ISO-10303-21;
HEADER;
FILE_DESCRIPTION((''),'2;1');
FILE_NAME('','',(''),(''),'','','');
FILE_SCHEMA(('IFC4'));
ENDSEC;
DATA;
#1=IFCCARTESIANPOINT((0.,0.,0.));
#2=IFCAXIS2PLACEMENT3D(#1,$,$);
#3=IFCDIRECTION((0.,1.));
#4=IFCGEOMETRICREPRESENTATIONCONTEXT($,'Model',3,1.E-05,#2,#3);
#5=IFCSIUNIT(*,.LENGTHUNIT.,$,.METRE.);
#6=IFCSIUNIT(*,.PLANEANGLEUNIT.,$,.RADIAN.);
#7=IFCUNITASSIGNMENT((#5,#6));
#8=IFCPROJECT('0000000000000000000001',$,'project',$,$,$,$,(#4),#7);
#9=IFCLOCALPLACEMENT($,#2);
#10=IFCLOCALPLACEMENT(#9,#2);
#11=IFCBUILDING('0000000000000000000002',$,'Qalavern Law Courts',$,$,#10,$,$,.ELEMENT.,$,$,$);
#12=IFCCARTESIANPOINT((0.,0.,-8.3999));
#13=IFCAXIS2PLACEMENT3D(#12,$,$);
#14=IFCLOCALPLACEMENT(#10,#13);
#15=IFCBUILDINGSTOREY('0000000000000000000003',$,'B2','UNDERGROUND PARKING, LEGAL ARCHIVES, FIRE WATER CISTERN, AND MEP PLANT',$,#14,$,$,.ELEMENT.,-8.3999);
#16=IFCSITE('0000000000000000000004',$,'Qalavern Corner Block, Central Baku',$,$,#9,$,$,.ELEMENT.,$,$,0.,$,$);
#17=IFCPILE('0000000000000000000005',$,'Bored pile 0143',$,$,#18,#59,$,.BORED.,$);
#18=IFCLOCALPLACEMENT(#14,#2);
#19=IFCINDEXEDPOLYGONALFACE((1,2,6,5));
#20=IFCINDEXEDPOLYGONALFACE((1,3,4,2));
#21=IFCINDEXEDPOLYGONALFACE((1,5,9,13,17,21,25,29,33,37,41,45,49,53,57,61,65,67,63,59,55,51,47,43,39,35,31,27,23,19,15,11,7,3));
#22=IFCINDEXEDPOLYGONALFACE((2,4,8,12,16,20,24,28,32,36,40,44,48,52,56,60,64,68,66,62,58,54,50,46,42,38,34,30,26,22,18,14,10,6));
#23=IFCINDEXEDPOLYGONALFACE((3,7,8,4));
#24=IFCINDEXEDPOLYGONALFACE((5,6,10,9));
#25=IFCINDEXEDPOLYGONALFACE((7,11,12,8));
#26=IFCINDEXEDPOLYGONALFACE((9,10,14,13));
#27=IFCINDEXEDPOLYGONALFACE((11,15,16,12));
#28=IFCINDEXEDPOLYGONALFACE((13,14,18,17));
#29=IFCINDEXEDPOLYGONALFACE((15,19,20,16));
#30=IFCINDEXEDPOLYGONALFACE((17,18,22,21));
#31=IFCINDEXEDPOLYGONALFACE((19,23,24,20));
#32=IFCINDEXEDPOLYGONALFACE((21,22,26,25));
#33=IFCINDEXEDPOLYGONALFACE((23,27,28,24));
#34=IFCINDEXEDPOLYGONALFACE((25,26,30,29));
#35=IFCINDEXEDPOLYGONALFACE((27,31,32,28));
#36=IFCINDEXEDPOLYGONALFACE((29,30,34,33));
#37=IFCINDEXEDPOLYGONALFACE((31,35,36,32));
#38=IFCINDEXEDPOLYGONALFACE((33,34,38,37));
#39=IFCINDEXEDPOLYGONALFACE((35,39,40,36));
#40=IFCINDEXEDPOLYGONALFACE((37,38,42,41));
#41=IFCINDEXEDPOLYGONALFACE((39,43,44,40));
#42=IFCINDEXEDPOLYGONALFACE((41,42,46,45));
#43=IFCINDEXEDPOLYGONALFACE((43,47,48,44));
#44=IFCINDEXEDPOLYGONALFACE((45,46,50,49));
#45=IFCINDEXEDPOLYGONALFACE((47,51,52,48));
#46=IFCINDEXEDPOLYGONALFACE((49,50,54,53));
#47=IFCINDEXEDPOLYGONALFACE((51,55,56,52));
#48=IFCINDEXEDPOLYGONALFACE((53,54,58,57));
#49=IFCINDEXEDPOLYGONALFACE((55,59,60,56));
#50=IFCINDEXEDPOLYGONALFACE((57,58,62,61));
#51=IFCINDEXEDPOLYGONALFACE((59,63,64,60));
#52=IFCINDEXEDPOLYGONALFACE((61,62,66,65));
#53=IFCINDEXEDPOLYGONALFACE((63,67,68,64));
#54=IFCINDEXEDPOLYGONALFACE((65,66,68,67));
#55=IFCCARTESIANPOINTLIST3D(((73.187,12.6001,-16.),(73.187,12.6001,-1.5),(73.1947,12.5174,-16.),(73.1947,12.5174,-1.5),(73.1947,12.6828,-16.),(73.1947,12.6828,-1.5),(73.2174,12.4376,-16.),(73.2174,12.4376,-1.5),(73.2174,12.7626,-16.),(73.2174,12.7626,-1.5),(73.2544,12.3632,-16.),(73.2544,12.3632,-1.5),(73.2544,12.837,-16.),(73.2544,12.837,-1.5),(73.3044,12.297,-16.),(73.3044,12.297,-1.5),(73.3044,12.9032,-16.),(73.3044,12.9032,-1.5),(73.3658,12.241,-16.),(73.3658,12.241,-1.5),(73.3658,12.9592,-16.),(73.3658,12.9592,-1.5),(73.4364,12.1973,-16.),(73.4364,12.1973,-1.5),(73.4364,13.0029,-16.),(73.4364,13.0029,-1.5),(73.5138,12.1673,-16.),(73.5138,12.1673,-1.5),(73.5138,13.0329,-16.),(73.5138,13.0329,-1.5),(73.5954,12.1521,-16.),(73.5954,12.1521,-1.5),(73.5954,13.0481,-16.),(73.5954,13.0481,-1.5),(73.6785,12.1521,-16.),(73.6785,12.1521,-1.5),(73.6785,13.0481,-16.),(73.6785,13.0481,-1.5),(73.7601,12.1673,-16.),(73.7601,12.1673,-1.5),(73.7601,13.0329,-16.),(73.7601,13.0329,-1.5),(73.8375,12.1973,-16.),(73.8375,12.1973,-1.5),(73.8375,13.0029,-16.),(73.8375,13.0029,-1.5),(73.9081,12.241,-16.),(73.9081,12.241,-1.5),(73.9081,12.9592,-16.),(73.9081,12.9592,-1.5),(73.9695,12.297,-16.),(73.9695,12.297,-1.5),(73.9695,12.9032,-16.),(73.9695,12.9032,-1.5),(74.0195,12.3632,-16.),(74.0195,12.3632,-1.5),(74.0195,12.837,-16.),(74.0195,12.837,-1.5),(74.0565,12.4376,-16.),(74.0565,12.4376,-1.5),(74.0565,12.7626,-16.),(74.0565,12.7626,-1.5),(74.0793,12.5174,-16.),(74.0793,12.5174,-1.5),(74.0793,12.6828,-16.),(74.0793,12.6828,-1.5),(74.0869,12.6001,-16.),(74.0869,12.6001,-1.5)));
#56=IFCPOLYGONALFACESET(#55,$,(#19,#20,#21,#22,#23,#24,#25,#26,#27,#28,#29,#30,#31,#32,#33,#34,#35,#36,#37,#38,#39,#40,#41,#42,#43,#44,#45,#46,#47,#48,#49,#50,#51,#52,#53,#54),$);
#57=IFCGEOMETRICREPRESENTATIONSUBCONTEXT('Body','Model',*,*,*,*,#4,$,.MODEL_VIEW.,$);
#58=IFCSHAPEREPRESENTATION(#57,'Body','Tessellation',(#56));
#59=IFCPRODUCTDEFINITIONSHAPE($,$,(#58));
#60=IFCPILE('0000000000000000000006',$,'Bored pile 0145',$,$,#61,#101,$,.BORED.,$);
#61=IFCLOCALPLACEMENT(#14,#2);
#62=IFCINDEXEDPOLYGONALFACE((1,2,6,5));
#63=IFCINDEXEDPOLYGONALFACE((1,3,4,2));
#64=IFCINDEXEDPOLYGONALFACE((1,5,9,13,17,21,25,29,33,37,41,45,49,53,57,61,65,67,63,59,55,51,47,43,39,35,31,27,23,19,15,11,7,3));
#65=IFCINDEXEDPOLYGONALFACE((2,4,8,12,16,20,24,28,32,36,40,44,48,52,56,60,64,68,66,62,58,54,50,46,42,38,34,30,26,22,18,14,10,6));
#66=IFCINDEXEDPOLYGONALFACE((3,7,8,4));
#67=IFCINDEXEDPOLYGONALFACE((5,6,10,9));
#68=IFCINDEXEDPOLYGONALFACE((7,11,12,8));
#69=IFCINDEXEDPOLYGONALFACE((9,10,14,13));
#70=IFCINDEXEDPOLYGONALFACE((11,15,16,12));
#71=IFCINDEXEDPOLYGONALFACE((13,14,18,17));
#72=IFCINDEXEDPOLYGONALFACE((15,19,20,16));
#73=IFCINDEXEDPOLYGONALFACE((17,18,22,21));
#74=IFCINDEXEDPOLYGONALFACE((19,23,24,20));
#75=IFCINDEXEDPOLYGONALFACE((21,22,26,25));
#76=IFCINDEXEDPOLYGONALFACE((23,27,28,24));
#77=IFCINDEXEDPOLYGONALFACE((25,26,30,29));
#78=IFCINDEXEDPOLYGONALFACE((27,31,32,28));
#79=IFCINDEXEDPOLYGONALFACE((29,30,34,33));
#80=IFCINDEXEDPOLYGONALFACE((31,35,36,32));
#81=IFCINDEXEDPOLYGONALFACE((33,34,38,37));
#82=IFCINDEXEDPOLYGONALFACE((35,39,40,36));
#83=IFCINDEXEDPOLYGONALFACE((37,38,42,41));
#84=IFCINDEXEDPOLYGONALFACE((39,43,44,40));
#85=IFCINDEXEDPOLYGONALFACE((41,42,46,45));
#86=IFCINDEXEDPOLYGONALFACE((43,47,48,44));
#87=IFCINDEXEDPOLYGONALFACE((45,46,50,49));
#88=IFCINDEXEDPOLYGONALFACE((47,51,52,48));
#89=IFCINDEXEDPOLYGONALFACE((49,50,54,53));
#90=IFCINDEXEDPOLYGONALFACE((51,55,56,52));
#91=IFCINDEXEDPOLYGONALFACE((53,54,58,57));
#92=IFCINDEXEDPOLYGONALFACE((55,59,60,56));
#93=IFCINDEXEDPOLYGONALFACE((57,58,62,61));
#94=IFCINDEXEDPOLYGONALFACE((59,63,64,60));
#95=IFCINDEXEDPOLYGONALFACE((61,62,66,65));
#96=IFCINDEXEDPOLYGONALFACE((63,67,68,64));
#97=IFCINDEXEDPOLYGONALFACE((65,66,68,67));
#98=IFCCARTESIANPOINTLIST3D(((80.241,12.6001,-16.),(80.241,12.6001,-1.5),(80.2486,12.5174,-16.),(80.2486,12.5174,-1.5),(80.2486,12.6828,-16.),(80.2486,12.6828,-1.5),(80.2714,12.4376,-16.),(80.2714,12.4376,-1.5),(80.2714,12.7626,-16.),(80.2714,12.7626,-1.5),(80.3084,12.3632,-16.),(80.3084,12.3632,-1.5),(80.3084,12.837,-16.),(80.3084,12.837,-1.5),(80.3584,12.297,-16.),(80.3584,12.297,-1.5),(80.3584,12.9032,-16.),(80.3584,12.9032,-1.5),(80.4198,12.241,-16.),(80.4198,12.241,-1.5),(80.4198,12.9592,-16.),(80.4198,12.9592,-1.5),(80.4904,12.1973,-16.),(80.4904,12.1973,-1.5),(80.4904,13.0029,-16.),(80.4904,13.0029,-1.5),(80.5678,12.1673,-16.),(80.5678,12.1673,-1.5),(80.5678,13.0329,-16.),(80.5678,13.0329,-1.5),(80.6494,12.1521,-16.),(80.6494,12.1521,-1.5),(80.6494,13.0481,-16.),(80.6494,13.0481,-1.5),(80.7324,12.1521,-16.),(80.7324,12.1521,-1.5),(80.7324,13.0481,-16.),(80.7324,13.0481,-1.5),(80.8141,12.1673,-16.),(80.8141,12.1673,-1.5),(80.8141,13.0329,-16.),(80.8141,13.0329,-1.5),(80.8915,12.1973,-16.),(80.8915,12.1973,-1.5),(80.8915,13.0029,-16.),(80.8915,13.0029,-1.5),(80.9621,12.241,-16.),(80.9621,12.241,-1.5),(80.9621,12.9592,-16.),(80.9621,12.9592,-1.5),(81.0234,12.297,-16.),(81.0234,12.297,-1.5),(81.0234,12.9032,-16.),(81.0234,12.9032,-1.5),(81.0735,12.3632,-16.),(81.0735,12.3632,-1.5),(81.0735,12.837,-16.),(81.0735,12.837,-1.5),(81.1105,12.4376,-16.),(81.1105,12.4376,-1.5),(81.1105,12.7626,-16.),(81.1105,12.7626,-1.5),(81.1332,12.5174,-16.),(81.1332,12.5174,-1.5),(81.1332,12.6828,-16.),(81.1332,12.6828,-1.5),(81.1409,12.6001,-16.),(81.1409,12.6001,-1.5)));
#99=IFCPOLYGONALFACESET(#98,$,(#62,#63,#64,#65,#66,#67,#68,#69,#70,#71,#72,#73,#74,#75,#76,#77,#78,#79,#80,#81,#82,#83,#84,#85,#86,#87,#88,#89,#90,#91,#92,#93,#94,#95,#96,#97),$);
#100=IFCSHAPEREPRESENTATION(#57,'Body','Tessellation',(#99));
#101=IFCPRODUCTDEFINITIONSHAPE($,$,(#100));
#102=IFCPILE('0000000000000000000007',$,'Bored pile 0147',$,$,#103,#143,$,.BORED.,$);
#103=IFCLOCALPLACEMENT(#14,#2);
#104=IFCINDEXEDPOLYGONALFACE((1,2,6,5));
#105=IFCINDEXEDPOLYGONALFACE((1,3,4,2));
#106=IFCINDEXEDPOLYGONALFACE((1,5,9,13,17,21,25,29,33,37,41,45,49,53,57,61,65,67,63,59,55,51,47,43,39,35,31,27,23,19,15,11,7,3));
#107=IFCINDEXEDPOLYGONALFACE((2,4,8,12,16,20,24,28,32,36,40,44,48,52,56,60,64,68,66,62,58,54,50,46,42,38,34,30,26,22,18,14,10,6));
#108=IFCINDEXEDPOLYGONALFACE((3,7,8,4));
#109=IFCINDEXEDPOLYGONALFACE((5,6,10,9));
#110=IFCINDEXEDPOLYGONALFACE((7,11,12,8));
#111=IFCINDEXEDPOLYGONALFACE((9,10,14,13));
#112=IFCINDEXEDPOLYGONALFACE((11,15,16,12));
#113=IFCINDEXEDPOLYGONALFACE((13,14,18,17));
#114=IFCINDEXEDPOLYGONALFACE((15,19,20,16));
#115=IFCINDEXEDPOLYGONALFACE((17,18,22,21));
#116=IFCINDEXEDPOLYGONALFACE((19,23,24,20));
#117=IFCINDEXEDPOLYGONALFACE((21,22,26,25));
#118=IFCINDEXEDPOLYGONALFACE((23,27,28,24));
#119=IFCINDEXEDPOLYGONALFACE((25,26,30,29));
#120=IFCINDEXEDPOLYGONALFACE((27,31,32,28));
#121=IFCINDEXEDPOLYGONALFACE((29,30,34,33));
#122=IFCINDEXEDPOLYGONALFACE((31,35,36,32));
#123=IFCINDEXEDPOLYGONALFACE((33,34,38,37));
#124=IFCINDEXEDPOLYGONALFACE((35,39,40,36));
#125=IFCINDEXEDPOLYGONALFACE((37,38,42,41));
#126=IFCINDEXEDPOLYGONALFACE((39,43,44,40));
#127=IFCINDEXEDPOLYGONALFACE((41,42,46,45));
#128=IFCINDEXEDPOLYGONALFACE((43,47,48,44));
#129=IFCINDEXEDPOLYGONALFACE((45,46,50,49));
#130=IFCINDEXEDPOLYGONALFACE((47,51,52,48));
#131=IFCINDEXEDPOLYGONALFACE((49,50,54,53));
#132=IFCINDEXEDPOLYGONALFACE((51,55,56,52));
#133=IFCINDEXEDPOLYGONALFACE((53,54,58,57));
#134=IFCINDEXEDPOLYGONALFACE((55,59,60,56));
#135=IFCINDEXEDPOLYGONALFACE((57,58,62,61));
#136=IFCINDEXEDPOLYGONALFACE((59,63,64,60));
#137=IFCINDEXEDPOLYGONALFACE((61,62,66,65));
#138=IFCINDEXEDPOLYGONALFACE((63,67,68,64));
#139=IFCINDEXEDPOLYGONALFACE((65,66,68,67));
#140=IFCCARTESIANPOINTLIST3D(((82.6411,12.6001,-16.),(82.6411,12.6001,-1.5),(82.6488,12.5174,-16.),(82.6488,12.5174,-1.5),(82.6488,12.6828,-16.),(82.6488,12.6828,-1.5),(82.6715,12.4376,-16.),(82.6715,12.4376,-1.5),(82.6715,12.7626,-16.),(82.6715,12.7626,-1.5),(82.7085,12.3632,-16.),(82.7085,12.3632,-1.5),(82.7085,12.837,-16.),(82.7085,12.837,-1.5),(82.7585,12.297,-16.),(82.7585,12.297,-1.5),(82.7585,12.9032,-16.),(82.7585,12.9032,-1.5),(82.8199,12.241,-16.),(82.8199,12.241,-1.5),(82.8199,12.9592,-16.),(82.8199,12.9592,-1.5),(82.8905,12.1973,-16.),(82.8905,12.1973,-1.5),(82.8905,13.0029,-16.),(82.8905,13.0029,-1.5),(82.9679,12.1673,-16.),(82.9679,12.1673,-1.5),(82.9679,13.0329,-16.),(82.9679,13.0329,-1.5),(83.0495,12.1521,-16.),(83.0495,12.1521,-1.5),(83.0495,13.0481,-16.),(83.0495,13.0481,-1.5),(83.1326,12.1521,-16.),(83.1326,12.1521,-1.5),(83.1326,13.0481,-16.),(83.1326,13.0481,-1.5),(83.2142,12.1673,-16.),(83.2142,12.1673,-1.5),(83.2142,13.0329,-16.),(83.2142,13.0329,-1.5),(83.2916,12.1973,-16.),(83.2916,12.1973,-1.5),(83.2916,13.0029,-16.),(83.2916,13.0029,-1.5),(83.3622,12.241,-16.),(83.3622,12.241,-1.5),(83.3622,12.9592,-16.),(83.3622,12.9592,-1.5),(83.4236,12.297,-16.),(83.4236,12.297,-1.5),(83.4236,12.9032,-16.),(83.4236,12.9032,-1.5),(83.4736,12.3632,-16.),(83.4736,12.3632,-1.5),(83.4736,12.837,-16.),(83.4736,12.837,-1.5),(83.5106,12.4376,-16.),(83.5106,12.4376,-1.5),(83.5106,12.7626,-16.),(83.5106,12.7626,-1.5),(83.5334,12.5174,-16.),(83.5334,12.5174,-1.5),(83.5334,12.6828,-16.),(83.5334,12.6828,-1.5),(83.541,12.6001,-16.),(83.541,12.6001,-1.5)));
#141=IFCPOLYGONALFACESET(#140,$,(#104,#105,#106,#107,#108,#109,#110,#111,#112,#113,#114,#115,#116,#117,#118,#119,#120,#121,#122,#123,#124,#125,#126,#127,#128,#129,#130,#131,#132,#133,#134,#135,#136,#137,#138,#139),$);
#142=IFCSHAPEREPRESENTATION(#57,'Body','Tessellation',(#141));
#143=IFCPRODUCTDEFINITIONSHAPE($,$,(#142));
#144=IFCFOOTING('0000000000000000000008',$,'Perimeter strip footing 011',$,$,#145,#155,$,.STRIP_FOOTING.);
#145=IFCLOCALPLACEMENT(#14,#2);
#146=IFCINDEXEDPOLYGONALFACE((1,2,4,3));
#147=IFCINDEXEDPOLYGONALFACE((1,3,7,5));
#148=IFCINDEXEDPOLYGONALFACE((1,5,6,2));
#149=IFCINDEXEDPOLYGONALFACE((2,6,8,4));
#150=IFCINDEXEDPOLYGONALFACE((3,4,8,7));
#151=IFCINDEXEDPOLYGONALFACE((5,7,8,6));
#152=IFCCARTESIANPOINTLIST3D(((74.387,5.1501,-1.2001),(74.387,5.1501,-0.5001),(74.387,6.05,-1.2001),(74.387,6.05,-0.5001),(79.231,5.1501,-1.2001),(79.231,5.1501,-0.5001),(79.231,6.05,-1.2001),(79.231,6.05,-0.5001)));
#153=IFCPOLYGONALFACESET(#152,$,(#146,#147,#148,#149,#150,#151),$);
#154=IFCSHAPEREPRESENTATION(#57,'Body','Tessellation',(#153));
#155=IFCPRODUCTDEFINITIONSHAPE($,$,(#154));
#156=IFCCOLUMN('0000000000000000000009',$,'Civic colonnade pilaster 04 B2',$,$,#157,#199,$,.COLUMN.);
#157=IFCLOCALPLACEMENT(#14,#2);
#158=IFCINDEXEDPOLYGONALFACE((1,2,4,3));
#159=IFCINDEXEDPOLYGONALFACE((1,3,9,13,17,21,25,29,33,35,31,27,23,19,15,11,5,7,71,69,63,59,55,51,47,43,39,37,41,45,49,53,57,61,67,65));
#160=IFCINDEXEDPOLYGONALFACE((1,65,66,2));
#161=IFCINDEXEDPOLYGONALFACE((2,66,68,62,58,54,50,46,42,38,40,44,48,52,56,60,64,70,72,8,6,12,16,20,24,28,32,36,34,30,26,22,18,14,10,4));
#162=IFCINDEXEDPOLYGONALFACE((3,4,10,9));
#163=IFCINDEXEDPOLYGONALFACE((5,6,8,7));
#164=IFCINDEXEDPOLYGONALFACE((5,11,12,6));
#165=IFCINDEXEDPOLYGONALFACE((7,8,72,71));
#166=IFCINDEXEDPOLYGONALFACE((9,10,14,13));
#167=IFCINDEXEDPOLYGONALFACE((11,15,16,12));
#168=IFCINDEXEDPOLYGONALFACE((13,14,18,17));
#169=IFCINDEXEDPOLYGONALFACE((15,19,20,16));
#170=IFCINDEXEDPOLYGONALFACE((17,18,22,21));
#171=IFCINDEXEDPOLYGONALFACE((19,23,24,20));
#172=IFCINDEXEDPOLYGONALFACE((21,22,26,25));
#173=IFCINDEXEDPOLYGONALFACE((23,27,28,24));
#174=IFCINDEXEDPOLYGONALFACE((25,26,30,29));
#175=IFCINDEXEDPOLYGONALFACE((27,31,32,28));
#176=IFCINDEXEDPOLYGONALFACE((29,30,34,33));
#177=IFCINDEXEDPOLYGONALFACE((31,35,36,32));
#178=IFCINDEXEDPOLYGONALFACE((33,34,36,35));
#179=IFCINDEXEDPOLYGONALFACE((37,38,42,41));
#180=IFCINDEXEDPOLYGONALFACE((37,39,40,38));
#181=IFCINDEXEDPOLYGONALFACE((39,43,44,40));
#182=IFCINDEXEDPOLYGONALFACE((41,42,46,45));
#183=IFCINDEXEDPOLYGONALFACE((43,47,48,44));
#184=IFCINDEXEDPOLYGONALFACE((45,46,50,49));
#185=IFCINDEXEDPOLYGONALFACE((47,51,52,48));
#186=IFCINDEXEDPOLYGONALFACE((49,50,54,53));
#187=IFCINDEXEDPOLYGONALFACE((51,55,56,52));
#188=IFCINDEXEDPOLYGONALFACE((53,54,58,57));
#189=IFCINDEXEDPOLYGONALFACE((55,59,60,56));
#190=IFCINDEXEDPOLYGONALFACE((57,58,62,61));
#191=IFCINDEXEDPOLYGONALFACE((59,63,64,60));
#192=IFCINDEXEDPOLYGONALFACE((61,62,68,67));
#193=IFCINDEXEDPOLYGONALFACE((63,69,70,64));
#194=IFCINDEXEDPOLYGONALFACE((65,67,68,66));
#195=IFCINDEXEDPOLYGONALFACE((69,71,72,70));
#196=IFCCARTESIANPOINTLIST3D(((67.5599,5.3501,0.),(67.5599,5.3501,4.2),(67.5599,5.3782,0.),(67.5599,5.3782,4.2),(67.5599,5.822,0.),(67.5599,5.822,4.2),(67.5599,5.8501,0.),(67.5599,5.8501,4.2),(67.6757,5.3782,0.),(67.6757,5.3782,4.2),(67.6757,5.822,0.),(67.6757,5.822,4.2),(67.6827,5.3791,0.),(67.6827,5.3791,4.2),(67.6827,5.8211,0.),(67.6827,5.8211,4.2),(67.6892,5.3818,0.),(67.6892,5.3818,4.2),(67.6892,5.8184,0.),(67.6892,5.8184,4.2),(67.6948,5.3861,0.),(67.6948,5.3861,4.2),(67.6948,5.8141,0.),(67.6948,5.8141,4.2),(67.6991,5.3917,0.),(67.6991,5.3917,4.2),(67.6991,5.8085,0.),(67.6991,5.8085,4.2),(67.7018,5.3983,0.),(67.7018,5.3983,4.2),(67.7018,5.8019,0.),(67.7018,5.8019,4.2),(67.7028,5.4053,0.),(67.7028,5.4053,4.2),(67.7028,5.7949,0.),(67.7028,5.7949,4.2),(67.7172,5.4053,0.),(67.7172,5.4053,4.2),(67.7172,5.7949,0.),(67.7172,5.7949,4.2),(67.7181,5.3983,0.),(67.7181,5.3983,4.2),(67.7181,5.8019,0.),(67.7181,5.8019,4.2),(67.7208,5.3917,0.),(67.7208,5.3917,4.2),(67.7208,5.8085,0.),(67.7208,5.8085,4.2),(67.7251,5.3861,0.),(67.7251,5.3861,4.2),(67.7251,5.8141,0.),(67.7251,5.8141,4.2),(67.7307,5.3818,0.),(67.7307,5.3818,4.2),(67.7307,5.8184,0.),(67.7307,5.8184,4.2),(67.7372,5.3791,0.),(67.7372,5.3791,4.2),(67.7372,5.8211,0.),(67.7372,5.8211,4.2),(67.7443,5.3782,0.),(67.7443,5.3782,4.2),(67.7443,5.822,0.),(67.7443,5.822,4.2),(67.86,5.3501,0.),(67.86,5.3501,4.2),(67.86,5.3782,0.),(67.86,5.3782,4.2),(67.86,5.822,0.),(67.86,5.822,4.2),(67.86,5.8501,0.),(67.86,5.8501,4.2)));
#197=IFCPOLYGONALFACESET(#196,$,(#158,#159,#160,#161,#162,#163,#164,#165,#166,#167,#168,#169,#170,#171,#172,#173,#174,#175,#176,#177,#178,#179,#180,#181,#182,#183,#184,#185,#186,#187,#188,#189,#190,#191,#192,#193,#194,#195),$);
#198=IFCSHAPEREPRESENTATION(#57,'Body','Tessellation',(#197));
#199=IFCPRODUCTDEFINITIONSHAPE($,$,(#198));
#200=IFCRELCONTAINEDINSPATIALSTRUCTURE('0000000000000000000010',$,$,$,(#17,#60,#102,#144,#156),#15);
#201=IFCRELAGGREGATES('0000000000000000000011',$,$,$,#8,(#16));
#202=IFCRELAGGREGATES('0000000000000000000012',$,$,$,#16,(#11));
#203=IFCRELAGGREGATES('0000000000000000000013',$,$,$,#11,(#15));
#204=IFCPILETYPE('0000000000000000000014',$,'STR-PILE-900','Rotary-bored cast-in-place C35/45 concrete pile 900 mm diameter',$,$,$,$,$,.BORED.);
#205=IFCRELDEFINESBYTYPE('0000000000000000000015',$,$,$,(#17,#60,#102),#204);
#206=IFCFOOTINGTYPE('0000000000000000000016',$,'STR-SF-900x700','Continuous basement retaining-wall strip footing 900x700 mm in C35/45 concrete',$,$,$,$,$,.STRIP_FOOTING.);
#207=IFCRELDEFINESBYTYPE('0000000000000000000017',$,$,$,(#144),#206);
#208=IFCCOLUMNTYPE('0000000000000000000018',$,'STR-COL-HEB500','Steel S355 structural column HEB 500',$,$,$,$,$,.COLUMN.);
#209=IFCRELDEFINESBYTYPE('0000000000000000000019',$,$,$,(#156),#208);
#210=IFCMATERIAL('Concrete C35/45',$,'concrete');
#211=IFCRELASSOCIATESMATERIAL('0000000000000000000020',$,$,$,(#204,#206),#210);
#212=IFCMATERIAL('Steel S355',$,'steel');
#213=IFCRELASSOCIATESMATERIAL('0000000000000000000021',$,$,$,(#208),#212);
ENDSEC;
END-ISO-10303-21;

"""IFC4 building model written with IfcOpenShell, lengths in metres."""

from ifc_helpers import new_model, si_unit, direction, frame, origin, origin_2d, place, context, subcontext, project, spatial, rectangle, circle, i_section, extrude, material, material_profile, profile_set, type_object, element, save


model = new_model("IFC4")

# Units and contexts
model_context = context("Model", 3, precision=1e-05, world=origin(), true_north=direction((0.0, 1.0)))
body_context = subcontext(model_context, "Body", "Model", "MODEL_VIEW")
ifc_project = project(units=[si_unit("LENGTHUNIT", "METRE"), si_unit("PLANEANGLEUNIT", "RADIAN")], contexts=[model_context])

# Site, building, storey
site_placement = place(None, origin())
site = spatial("IfcSite", under=ifc_project, at=site_placement, Name="Qalavern Corner Block, Central Baku", CompositionType="ELEMENT", RefElevation=0.0)
building_placement = place(site_placement, origin())
building = spatial("IfcBuilding", under=site, at=building_placement, Name="Qalavern Law Courts", CompositionType="ELEMENT")
storey_placement = place(building_placement, frame((0.0, 0.0, -8.3999)))
storey = spatial("IfcBuildingStorey", under=building, at=storey_placement, Name="B2", Description="UNDERGROUND PARKING, LEGAL ARCHIVES, FIRE WATER CISTERN, AND MEP PLANT", CompositionType="ELEMENT", Elevation=-8.3999)

# Shared definitions
ifc_material_1 = material(Name="Concrete C35/45", Category="concrete")

# Piles
ifc_material_profile_1 = material_profile(ifc_material_1, circle(Radius=0.45, at=origin_2d()), Name="BORED PILE 900")
ifc_profile_set_1 = profile_set([ifc_material_profile_1], Name="Concrete C35/45")
pile_type_1 = type_object("IfcPileType", Name="STR-PILE-900", Description="Rotary-bored cast-in-place C35/45 concrete pile 900 mm diameter", PredefinedType="BORED", material=ifc_profile_set_1)
for number, where, z_axis, x_axis, name in (
    (1, (73.637, 12.6001, -1.5), (0.0, 0.0, -1.0), (1.0, 0.0, 0.0), "Bored pile 0143"),
    (2, (80.6909, 12.6001, -1.5), (0.0, 0.0, -1.0), (1.0, 0.0, 0.0), "Bored pile 0145"),
    (3, (83.0911, 12.6001, -1.5), (0.0, 0.0, -1.0), (1.0, 0.0, 0.0), "Bored pile 0147"),
):
    element("IfcPile", number, at=place(storey_placement, frame(where, z_axis=z_axis, x_axis=x_axis)), inside=storey, type_object=pile_type_1, Name=name, PredefinedType="BORED", context=body_context, shape_type="SweptSolid", body=[
        extrude(circle(Radius=0.45, at=origin_2d()), origin(), (0.0, 0.0, 1.0), 14.5),
    ])

# Footing
ifc_material_profile_2 = material_profile(ifc_material_1, rectangle(XDim=0.8999, YDim=0.7, at=origin_2d()), Name="RC 900x700")
ifc_profile_set_2 = profile_set([ifc_material_profile_2], Name="Concrete C35/45")
footing_type_1 = type_object("IfcFootingType", Name="STR-SF-900x700", Description="Continuous basement retaining-wall strip footing 900x700 mm in C35/45 concrete", PredefinedType="STRIP_FOOTING", material=ifc_profile_set_2)
footing_1_placement = place(storey_placement, frame((74.387, 5.6001, -0.8501), z_axis=(1.0, 0.0, 0.0), x_axis=(0.0, 1.0, 0.0)))
element("IfcFooting", 4, at=footing_1_placement, inside=storey, type_object=footing_type_1, Name="Perimeter strip footing 011", PredefinedType="STRIP_FOOTING", context=body_context, shape_type="SweptSolid", body=[
    extrude(rectangle(XDim=0.8999, YDim=0.7, at=origin_2d()), origin(), (0.0, 0.0, 1.0), 4.844),
])

# Column
ifc_material_2 = material(Name="Steel S355", Category="steel")
ifc_material_profile_3 = material_profile(ifc_material_2, i_section(OverallWidth=0.3, OverallDepth=0.5, WebThickness=0.0144, FlangeThickness=0.0281, FilletRadius=0.0271, at=origin_2d()), Name="HEB 500")
ifc_profile_set_3 = profile_set([ifc_material_profile_3], Name="Steel S355")
column_type_1 = type_object("IfcColumnType", Name="STR-COL-HEB500", Description="Steel S355 structural column HEB 500", PredefinedType="COLUMN", material=ifc_profile_set_3)
for number, where, z_axis, x_axis, name in (
    (5, (67.71, 5.6001, 0.0), (0.0, 0.0, 1.0), (1.0, 0.0, 0.0), "Civic colonnade pilaster 04 B2"),
):
    element("IfcColumn", number, at=place(storey_placement, frame(where, z_axis=z_axis, x_axis=x_axis)), inside=storey, type_object=column_type_1, Name=name, PredefinedType="COLUMN", context=body_context, shape_type="SweptSolid", body=[
        extrude(i_section(OverallWidth=0.3, OverallDepth=0.5, WebThickness=0.0144, FlangeThickness=0.0281, FilletRadius=0.0271, at=origin_2d()), origin(), (0.0, 0.0, 1.0), 4.2),
    ])

save(model, "model.ifc")
